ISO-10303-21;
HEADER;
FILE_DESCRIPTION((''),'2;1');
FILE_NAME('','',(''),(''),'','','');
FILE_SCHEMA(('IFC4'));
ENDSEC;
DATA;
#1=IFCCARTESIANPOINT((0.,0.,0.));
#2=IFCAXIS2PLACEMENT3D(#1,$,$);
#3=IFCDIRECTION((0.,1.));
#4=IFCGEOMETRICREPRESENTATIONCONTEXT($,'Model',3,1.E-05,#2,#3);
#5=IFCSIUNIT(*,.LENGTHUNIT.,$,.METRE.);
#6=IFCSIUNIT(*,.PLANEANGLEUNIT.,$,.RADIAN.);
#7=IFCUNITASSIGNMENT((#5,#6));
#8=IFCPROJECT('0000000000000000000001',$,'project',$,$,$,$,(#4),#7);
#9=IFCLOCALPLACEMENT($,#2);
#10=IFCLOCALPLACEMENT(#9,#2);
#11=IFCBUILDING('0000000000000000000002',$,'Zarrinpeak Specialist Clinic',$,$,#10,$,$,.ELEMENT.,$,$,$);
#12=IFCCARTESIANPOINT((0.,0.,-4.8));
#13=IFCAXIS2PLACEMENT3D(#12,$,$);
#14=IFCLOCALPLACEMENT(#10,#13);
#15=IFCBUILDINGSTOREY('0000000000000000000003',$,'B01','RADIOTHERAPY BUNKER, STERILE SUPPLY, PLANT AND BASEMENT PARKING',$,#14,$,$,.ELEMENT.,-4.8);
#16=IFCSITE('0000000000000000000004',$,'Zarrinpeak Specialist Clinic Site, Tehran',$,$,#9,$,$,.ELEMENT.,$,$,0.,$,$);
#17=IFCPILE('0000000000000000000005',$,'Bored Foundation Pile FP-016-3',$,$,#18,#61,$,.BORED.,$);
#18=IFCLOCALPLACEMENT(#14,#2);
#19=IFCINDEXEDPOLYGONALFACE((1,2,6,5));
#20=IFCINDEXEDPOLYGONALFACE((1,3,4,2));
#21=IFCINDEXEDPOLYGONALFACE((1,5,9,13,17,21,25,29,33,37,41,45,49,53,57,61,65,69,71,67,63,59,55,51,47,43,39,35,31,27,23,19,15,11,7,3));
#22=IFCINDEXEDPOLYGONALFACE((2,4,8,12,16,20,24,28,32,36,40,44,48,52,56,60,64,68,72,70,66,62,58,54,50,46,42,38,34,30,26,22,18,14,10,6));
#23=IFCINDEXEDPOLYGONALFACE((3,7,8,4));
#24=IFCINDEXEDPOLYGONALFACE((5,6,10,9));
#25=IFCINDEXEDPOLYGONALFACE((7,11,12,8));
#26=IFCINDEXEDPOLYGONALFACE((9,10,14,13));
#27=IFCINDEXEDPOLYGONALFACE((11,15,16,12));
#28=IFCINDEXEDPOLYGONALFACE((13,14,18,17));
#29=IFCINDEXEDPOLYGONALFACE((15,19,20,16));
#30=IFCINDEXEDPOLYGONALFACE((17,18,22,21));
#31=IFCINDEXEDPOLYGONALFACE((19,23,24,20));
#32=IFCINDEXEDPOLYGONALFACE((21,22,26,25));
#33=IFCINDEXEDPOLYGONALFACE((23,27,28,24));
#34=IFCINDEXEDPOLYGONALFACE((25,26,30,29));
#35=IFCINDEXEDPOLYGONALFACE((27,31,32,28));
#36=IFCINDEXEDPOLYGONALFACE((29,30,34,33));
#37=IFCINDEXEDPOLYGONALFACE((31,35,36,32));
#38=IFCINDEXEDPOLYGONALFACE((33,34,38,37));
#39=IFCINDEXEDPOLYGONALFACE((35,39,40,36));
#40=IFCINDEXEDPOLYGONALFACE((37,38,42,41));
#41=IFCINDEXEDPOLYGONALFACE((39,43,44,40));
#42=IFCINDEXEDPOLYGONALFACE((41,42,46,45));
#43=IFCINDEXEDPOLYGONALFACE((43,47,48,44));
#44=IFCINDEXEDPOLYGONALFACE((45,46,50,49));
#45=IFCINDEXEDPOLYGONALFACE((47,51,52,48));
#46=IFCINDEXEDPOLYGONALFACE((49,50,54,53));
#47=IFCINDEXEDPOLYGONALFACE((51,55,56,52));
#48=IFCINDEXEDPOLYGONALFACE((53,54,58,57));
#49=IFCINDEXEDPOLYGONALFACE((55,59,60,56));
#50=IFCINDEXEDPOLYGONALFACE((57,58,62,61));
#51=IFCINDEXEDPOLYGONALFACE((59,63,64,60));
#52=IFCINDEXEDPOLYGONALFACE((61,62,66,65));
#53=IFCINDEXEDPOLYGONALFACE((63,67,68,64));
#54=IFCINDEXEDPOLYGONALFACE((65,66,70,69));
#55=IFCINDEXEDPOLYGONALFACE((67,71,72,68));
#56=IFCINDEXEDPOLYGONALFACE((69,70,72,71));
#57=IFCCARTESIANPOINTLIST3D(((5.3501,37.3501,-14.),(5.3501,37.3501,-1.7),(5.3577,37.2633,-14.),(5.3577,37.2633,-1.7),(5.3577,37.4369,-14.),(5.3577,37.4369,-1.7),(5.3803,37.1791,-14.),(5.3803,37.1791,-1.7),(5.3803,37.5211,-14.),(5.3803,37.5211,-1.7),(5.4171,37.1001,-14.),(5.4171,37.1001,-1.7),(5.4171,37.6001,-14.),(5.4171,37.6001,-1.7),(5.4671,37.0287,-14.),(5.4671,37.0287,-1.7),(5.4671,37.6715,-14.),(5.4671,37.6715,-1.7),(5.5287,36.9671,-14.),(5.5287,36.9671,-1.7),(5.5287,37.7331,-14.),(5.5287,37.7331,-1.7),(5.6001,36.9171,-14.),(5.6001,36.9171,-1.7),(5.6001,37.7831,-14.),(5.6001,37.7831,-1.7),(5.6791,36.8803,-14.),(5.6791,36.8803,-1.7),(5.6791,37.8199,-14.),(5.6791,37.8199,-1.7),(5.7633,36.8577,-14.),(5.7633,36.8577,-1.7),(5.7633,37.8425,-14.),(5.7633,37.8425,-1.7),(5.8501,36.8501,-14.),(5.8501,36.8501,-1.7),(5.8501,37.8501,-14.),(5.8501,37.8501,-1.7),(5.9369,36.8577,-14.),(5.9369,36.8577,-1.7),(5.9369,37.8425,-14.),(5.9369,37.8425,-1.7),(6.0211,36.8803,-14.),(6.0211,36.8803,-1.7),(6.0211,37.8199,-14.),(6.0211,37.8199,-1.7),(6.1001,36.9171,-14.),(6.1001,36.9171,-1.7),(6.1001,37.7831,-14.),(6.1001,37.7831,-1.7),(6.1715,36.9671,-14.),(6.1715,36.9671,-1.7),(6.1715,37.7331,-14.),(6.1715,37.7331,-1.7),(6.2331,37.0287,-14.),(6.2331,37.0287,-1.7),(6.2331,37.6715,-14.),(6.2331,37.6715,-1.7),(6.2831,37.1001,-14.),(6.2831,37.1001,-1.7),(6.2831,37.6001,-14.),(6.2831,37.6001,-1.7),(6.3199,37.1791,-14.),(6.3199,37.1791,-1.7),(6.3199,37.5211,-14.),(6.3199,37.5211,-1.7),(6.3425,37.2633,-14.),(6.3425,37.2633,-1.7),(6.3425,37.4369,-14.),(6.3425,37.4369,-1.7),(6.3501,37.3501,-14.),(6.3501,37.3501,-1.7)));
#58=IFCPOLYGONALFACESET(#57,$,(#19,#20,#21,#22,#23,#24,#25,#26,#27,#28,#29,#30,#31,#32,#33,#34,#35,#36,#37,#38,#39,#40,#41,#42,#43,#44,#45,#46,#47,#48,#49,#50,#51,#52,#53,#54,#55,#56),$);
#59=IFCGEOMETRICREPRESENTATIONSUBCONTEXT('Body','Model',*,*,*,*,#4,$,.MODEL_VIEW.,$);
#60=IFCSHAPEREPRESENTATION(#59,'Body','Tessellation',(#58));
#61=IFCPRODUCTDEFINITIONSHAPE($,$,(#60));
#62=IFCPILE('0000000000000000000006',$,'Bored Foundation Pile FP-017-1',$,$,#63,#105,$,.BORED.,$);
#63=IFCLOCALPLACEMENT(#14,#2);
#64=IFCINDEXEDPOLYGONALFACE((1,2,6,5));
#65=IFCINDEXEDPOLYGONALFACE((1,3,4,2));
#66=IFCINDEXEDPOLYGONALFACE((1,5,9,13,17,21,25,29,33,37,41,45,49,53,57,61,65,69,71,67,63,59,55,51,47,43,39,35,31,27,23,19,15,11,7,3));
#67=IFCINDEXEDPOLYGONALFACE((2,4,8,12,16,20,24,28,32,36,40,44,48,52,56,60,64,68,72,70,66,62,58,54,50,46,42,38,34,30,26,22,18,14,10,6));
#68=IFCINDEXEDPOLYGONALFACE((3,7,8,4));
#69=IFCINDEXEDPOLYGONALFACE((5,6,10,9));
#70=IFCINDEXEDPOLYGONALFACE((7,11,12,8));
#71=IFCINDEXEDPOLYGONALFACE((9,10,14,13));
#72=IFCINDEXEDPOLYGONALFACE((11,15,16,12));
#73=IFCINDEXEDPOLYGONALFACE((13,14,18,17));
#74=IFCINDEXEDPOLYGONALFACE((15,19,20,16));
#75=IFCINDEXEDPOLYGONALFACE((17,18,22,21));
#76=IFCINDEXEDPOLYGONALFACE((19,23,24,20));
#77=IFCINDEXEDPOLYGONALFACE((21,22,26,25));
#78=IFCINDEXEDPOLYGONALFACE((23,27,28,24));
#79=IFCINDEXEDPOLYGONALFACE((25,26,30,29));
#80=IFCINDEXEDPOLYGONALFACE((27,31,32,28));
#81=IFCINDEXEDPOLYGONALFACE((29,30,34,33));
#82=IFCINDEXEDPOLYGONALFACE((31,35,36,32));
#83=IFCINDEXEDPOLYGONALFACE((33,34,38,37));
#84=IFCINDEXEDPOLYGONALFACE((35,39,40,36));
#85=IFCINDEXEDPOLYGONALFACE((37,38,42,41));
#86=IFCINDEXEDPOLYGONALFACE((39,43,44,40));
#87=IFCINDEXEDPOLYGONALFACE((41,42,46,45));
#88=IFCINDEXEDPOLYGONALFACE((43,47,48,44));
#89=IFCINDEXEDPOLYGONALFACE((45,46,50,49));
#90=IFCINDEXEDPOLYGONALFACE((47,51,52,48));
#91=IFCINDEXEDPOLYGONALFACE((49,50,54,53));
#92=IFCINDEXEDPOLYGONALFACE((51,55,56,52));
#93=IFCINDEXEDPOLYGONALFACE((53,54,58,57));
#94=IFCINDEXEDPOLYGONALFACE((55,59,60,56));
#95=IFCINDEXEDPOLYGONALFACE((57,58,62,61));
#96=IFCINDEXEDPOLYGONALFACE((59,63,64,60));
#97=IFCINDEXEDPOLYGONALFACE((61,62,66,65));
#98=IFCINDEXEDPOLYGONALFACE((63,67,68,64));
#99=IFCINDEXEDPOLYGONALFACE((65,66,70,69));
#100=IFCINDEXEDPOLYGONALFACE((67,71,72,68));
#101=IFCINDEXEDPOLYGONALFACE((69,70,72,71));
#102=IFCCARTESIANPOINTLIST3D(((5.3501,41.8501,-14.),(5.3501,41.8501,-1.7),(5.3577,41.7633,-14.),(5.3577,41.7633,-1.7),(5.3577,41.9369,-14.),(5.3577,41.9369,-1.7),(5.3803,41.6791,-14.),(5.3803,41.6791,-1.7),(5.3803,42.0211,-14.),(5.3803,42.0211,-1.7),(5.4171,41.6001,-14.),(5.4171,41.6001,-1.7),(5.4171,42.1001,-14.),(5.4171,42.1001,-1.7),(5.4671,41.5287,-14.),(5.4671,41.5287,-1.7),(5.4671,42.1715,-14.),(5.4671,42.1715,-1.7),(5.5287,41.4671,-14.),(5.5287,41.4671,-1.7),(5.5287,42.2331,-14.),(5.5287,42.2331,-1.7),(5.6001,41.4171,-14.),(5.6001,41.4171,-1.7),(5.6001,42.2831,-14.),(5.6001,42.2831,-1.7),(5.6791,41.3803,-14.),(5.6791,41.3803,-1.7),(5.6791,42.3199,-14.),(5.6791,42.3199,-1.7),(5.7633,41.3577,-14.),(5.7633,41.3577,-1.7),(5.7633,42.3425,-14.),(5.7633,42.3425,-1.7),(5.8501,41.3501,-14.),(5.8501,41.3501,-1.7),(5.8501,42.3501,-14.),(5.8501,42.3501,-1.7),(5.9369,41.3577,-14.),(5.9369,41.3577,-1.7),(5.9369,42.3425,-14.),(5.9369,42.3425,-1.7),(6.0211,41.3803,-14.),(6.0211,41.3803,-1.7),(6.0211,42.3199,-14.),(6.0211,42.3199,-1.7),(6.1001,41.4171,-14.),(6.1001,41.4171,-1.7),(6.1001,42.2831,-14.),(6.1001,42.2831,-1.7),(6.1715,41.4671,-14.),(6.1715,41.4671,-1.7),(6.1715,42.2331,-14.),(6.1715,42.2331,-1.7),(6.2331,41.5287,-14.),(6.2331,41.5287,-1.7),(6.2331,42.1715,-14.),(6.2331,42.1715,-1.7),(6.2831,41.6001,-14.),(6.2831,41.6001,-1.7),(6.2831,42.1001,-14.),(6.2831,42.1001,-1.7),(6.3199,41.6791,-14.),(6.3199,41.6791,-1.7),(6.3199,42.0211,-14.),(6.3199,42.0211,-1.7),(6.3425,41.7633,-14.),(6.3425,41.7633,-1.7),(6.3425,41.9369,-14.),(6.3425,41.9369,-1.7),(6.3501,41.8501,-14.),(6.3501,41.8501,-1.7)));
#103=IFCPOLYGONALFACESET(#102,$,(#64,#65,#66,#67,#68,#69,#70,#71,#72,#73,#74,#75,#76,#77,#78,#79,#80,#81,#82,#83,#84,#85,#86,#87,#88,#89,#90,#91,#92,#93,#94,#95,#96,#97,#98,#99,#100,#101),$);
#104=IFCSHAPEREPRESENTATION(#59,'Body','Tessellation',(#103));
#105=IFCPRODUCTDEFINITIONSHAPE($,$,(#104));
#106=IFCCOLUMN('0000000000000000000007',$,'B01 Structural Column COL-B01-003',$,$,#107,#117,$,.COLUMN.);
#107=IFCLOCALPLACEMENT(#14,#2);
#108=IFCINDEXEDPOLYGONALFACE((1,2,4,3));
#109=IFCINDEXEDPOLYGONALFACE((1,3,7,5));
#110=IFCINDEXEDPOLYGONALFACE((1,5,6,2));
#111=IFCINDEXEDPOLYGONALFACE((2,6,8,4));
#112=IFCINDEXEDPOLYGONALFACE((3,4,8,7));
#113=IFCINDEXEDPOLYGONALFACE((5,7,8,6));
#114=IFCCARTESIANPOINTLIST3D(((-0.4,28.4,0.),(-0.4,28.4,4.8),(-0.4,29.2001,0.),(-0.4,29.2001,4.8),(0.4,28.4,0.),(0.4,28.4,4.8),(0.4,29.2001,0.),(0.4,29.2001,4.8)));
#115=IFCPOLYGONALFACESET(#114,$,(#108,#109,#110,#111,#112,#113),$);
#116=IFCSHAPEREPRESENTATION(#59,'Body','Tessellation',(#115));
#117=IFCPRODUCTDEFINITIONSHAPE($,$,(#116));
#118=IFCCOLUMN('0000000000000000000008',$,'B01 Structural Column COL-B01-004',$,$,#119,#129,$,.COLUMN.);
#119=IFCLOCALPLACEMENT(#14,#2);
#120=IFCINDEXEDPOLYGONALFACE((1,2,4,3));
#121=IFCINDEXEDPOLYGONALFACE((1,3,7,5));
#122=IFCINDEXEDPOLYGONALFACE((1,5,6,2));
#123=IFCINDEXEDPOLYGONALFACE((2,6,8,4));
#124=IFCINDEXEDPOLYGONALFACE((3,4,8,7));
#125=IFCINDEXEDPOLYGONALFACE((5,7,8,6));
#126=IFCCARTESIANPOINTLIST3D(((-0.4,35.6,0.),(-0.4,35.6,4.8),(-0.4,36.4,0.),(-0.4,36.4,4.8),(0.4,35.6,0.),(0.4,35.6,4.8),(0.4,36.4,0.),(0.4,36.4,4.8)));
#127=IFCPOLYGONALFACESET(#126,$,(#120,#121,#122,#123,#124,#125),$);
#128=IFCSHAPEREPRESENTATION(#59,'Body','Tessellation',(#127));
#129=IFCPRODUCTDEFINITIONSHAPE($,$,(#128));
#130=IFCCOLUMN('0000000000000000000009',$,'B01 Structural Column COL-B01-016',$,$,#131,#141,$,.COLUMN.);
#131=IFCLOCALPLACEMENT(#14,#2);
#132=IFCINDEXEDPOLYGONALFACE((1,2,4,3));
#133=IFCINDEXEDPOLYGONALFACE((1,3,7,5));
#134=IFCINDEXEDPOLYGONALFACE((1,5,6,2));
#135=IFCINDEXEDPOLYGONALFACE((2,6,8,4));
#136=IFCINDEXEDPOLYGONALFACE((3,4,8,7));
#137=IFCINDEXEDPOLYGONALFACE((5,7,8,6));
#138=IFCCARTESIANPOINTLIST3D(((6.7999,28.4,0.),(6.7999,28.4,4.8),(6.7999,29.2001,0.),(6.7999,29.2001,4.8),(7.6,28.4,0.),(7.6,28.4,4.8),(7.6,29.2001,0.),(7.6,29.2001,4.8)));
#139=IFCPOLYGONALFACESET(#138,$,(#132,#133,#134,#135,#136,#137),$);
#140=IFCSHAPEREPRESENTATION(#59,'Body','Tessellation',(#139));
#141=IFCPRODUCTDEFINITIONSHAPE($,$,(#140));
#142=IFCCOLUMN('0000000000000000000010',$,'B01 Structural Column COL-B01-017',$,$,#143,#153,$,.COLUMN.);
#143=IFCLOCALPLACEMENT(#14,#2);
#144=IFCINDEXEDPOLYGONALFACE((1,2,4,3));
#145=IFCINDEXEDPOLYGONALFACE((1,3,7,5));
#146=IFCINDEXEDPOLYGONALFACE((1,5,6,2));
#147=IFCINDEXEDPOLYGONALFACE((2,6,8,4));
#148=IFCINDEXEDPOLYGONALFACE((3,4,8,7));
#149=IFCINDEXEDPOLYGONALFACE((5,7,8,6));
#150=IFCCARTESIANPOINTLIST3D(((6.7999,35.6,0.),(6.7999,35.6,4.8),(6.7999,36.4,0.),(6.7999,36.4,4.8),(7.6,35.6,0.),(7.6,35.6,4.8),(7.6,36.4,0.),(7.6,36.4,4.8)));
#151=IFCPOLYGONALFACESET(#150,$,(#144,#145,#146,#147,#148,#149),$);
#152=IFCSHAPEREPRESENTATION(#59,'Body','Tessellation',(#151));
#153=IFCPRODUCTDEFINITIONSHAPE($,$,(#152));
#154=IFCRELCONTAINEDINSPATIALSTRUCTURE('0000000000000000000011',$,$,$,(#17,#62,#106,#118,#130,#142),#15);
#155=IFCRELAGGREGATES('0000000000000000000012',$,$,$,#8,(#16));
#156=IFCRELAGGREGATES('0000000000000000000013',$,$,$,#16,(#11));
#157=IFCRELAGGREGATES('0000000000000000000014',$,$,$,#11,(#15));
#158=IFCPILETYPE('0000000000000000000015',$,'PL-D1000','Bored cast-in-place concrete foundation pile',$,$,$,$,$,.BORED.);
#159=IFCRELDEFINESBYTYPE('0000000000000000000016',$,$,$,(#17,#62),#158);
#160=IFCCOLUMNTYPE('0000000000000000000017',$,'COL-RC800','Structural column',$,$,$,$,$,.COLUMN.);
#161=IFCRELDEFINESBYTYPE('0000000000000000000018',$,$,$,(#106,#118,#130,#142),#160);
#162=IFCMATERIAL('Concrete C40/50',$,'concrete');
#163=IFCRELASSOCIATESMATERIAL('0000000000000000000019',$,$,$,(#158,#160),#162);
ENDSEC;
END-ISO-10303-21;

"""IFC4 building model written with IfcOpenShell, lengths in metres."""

from ifc_helpers import new_model, si_unit, direction, frame, origin, origin_2d, place, context, subcontext, project, spatial, rectangle, circle, extrude, material, material_profile, profile_set, type_object, element, save


model = new_model("IFC4")

# Units and contexts
model_context = context("Model", 3, precision=1e-05, world=origin(), true_north=direction((0.0, 1.0)))
body_context = subcontext(model_context, "Body", "Model", "MODEL_VIEW")
ifc_project = project(units=[si_unit("LENGTHUNIT", "METRE"), si_unit("PLANEANGLEUNIT", "RADIAN")], contexts=[model_context])

# Site, building, storey
site_placement = place(None, origin())
site = spatial("IfcSite", under=ifc_project, at=site_placement, Name="Zarrinpeak Specialist Clinic Site, Tehran", CompositionType="ELEMENT", RefElevation=0.0)
building_placement = place(site_placement, origin())
building = spatial("IfcBuilding", under=site, at=building_placement, Name="Zarrinpeak Specialist Clinic", CompositionType="ELEMENT")
storey_placement = place(building_placement, frame((0.0, 0.0, -4.8)))
storey = spatial("IfcBuildingStorey", under=building, at=storey_placement, Name="B01", Description="RADIOTHERAPY BUNKER, STERILE SUPPLY, PLANT AND BASEMENT PARKING", CompositionType="ELEMENT", Elevation=-4.8)

# Shared definitions
ifc_material = material(Name="Concrete C40/50", Category="concrete")

# Piles
ifc_material_profile_1 = material_profile(ifc_material, circle(Radius=0.5, at=origin_2d()), Name="BORED PILE D1000")
ifc_profile_set_1 = profile_set([ifc_material_profile_1], Name="Concrete C40/50")
pile_type = type_object("IfcPileType", Name="PL-D1000", Description="Bored cast-in-place concrete foundation pile", PredefinedType="BORED", material=ifc_profile_set_1)
for number, where, z_axis, x_axis, name in (
    (1, (5.8501, 37.3501, -1.7), (0.0, 0.0, -1.0), (1.0, 0.0, 0.0), "Bored Foundation Pile FP-016-3"),
    (2, (5.8501, 41.8501, -1.7), (0.0, 0.0, -1.0), (1.0, 0.0, 0.0), "Bored Foundation Pile FP-017-1"),
):
    element("IfcPile", number, at=place(storey_placement, frame(where, z_axis=z_axis, x_axis=x_axis)), inside=storey, type_object=pile_type, Name=name, PredefinedType="BORED", context=body_context, shape_type="SweptSolid", body=[
        extrude(circle(Radius=0.5, at=origin_2d()), origin(), (0.0, 0.0, 1.0), 12.3),
    ])

# Columns
ifc_material_profile_2 = material_profile(ifc_material, rectangle(XDim=0.8, YDim=0.8, at=origin_2d()), Name="RC 800x800")
ifc_profile_set_2 = profile_set([ifc_material_profile_2], Name="Concrete C40/50")
column_type = type_object("IfcColumnType", Name="COL-RC800", Description="Structural column", PredefinedType="COLUMN", material=ifc_profile_set_2)
for number, where, z_axis, x_axis, name in (
    (3, (0.0, 28.8, 0.0), (0.0, 0.0, 1.0), (1.0, 0.0, 0.0), "B01 Structural Column COL-B01-003"),
    (4, (0.0, 36.0, 0.0), (0.0, 0.0, 1.0), (1.0, 0.0, 0.0), "B01 Structural Column COL-B01-004"),
    (5, (7.2, 28.8, 0.0), (0.0, 0.0, 1.0), (1.0, 0.0, 0.0), "B01 Structural Column COL-B01-016"),
    (6, (7.2, 36.0, 0.0), (0.0, 0.0, 1.0), (1.0, 0.0, 0.0), "B01 Structural Column COL-B01-017"),
):
    element("IfcColumn", number, at=place(storey_placement, frame(where, z_axis=z_axis, x_axis=x_axis)), inside=storey, type_object=column_type, Name=name, PredefinedType="COLUMN", context=body_context, shape_type="SweptSolid", body=[
        extrude(rectangle(XDim=0.8, YDim=0.8, at=origin_2d()), origin(), (0.0, 0.0, 1.0), 4.8),
    ])

save(model, "model.ifc")
